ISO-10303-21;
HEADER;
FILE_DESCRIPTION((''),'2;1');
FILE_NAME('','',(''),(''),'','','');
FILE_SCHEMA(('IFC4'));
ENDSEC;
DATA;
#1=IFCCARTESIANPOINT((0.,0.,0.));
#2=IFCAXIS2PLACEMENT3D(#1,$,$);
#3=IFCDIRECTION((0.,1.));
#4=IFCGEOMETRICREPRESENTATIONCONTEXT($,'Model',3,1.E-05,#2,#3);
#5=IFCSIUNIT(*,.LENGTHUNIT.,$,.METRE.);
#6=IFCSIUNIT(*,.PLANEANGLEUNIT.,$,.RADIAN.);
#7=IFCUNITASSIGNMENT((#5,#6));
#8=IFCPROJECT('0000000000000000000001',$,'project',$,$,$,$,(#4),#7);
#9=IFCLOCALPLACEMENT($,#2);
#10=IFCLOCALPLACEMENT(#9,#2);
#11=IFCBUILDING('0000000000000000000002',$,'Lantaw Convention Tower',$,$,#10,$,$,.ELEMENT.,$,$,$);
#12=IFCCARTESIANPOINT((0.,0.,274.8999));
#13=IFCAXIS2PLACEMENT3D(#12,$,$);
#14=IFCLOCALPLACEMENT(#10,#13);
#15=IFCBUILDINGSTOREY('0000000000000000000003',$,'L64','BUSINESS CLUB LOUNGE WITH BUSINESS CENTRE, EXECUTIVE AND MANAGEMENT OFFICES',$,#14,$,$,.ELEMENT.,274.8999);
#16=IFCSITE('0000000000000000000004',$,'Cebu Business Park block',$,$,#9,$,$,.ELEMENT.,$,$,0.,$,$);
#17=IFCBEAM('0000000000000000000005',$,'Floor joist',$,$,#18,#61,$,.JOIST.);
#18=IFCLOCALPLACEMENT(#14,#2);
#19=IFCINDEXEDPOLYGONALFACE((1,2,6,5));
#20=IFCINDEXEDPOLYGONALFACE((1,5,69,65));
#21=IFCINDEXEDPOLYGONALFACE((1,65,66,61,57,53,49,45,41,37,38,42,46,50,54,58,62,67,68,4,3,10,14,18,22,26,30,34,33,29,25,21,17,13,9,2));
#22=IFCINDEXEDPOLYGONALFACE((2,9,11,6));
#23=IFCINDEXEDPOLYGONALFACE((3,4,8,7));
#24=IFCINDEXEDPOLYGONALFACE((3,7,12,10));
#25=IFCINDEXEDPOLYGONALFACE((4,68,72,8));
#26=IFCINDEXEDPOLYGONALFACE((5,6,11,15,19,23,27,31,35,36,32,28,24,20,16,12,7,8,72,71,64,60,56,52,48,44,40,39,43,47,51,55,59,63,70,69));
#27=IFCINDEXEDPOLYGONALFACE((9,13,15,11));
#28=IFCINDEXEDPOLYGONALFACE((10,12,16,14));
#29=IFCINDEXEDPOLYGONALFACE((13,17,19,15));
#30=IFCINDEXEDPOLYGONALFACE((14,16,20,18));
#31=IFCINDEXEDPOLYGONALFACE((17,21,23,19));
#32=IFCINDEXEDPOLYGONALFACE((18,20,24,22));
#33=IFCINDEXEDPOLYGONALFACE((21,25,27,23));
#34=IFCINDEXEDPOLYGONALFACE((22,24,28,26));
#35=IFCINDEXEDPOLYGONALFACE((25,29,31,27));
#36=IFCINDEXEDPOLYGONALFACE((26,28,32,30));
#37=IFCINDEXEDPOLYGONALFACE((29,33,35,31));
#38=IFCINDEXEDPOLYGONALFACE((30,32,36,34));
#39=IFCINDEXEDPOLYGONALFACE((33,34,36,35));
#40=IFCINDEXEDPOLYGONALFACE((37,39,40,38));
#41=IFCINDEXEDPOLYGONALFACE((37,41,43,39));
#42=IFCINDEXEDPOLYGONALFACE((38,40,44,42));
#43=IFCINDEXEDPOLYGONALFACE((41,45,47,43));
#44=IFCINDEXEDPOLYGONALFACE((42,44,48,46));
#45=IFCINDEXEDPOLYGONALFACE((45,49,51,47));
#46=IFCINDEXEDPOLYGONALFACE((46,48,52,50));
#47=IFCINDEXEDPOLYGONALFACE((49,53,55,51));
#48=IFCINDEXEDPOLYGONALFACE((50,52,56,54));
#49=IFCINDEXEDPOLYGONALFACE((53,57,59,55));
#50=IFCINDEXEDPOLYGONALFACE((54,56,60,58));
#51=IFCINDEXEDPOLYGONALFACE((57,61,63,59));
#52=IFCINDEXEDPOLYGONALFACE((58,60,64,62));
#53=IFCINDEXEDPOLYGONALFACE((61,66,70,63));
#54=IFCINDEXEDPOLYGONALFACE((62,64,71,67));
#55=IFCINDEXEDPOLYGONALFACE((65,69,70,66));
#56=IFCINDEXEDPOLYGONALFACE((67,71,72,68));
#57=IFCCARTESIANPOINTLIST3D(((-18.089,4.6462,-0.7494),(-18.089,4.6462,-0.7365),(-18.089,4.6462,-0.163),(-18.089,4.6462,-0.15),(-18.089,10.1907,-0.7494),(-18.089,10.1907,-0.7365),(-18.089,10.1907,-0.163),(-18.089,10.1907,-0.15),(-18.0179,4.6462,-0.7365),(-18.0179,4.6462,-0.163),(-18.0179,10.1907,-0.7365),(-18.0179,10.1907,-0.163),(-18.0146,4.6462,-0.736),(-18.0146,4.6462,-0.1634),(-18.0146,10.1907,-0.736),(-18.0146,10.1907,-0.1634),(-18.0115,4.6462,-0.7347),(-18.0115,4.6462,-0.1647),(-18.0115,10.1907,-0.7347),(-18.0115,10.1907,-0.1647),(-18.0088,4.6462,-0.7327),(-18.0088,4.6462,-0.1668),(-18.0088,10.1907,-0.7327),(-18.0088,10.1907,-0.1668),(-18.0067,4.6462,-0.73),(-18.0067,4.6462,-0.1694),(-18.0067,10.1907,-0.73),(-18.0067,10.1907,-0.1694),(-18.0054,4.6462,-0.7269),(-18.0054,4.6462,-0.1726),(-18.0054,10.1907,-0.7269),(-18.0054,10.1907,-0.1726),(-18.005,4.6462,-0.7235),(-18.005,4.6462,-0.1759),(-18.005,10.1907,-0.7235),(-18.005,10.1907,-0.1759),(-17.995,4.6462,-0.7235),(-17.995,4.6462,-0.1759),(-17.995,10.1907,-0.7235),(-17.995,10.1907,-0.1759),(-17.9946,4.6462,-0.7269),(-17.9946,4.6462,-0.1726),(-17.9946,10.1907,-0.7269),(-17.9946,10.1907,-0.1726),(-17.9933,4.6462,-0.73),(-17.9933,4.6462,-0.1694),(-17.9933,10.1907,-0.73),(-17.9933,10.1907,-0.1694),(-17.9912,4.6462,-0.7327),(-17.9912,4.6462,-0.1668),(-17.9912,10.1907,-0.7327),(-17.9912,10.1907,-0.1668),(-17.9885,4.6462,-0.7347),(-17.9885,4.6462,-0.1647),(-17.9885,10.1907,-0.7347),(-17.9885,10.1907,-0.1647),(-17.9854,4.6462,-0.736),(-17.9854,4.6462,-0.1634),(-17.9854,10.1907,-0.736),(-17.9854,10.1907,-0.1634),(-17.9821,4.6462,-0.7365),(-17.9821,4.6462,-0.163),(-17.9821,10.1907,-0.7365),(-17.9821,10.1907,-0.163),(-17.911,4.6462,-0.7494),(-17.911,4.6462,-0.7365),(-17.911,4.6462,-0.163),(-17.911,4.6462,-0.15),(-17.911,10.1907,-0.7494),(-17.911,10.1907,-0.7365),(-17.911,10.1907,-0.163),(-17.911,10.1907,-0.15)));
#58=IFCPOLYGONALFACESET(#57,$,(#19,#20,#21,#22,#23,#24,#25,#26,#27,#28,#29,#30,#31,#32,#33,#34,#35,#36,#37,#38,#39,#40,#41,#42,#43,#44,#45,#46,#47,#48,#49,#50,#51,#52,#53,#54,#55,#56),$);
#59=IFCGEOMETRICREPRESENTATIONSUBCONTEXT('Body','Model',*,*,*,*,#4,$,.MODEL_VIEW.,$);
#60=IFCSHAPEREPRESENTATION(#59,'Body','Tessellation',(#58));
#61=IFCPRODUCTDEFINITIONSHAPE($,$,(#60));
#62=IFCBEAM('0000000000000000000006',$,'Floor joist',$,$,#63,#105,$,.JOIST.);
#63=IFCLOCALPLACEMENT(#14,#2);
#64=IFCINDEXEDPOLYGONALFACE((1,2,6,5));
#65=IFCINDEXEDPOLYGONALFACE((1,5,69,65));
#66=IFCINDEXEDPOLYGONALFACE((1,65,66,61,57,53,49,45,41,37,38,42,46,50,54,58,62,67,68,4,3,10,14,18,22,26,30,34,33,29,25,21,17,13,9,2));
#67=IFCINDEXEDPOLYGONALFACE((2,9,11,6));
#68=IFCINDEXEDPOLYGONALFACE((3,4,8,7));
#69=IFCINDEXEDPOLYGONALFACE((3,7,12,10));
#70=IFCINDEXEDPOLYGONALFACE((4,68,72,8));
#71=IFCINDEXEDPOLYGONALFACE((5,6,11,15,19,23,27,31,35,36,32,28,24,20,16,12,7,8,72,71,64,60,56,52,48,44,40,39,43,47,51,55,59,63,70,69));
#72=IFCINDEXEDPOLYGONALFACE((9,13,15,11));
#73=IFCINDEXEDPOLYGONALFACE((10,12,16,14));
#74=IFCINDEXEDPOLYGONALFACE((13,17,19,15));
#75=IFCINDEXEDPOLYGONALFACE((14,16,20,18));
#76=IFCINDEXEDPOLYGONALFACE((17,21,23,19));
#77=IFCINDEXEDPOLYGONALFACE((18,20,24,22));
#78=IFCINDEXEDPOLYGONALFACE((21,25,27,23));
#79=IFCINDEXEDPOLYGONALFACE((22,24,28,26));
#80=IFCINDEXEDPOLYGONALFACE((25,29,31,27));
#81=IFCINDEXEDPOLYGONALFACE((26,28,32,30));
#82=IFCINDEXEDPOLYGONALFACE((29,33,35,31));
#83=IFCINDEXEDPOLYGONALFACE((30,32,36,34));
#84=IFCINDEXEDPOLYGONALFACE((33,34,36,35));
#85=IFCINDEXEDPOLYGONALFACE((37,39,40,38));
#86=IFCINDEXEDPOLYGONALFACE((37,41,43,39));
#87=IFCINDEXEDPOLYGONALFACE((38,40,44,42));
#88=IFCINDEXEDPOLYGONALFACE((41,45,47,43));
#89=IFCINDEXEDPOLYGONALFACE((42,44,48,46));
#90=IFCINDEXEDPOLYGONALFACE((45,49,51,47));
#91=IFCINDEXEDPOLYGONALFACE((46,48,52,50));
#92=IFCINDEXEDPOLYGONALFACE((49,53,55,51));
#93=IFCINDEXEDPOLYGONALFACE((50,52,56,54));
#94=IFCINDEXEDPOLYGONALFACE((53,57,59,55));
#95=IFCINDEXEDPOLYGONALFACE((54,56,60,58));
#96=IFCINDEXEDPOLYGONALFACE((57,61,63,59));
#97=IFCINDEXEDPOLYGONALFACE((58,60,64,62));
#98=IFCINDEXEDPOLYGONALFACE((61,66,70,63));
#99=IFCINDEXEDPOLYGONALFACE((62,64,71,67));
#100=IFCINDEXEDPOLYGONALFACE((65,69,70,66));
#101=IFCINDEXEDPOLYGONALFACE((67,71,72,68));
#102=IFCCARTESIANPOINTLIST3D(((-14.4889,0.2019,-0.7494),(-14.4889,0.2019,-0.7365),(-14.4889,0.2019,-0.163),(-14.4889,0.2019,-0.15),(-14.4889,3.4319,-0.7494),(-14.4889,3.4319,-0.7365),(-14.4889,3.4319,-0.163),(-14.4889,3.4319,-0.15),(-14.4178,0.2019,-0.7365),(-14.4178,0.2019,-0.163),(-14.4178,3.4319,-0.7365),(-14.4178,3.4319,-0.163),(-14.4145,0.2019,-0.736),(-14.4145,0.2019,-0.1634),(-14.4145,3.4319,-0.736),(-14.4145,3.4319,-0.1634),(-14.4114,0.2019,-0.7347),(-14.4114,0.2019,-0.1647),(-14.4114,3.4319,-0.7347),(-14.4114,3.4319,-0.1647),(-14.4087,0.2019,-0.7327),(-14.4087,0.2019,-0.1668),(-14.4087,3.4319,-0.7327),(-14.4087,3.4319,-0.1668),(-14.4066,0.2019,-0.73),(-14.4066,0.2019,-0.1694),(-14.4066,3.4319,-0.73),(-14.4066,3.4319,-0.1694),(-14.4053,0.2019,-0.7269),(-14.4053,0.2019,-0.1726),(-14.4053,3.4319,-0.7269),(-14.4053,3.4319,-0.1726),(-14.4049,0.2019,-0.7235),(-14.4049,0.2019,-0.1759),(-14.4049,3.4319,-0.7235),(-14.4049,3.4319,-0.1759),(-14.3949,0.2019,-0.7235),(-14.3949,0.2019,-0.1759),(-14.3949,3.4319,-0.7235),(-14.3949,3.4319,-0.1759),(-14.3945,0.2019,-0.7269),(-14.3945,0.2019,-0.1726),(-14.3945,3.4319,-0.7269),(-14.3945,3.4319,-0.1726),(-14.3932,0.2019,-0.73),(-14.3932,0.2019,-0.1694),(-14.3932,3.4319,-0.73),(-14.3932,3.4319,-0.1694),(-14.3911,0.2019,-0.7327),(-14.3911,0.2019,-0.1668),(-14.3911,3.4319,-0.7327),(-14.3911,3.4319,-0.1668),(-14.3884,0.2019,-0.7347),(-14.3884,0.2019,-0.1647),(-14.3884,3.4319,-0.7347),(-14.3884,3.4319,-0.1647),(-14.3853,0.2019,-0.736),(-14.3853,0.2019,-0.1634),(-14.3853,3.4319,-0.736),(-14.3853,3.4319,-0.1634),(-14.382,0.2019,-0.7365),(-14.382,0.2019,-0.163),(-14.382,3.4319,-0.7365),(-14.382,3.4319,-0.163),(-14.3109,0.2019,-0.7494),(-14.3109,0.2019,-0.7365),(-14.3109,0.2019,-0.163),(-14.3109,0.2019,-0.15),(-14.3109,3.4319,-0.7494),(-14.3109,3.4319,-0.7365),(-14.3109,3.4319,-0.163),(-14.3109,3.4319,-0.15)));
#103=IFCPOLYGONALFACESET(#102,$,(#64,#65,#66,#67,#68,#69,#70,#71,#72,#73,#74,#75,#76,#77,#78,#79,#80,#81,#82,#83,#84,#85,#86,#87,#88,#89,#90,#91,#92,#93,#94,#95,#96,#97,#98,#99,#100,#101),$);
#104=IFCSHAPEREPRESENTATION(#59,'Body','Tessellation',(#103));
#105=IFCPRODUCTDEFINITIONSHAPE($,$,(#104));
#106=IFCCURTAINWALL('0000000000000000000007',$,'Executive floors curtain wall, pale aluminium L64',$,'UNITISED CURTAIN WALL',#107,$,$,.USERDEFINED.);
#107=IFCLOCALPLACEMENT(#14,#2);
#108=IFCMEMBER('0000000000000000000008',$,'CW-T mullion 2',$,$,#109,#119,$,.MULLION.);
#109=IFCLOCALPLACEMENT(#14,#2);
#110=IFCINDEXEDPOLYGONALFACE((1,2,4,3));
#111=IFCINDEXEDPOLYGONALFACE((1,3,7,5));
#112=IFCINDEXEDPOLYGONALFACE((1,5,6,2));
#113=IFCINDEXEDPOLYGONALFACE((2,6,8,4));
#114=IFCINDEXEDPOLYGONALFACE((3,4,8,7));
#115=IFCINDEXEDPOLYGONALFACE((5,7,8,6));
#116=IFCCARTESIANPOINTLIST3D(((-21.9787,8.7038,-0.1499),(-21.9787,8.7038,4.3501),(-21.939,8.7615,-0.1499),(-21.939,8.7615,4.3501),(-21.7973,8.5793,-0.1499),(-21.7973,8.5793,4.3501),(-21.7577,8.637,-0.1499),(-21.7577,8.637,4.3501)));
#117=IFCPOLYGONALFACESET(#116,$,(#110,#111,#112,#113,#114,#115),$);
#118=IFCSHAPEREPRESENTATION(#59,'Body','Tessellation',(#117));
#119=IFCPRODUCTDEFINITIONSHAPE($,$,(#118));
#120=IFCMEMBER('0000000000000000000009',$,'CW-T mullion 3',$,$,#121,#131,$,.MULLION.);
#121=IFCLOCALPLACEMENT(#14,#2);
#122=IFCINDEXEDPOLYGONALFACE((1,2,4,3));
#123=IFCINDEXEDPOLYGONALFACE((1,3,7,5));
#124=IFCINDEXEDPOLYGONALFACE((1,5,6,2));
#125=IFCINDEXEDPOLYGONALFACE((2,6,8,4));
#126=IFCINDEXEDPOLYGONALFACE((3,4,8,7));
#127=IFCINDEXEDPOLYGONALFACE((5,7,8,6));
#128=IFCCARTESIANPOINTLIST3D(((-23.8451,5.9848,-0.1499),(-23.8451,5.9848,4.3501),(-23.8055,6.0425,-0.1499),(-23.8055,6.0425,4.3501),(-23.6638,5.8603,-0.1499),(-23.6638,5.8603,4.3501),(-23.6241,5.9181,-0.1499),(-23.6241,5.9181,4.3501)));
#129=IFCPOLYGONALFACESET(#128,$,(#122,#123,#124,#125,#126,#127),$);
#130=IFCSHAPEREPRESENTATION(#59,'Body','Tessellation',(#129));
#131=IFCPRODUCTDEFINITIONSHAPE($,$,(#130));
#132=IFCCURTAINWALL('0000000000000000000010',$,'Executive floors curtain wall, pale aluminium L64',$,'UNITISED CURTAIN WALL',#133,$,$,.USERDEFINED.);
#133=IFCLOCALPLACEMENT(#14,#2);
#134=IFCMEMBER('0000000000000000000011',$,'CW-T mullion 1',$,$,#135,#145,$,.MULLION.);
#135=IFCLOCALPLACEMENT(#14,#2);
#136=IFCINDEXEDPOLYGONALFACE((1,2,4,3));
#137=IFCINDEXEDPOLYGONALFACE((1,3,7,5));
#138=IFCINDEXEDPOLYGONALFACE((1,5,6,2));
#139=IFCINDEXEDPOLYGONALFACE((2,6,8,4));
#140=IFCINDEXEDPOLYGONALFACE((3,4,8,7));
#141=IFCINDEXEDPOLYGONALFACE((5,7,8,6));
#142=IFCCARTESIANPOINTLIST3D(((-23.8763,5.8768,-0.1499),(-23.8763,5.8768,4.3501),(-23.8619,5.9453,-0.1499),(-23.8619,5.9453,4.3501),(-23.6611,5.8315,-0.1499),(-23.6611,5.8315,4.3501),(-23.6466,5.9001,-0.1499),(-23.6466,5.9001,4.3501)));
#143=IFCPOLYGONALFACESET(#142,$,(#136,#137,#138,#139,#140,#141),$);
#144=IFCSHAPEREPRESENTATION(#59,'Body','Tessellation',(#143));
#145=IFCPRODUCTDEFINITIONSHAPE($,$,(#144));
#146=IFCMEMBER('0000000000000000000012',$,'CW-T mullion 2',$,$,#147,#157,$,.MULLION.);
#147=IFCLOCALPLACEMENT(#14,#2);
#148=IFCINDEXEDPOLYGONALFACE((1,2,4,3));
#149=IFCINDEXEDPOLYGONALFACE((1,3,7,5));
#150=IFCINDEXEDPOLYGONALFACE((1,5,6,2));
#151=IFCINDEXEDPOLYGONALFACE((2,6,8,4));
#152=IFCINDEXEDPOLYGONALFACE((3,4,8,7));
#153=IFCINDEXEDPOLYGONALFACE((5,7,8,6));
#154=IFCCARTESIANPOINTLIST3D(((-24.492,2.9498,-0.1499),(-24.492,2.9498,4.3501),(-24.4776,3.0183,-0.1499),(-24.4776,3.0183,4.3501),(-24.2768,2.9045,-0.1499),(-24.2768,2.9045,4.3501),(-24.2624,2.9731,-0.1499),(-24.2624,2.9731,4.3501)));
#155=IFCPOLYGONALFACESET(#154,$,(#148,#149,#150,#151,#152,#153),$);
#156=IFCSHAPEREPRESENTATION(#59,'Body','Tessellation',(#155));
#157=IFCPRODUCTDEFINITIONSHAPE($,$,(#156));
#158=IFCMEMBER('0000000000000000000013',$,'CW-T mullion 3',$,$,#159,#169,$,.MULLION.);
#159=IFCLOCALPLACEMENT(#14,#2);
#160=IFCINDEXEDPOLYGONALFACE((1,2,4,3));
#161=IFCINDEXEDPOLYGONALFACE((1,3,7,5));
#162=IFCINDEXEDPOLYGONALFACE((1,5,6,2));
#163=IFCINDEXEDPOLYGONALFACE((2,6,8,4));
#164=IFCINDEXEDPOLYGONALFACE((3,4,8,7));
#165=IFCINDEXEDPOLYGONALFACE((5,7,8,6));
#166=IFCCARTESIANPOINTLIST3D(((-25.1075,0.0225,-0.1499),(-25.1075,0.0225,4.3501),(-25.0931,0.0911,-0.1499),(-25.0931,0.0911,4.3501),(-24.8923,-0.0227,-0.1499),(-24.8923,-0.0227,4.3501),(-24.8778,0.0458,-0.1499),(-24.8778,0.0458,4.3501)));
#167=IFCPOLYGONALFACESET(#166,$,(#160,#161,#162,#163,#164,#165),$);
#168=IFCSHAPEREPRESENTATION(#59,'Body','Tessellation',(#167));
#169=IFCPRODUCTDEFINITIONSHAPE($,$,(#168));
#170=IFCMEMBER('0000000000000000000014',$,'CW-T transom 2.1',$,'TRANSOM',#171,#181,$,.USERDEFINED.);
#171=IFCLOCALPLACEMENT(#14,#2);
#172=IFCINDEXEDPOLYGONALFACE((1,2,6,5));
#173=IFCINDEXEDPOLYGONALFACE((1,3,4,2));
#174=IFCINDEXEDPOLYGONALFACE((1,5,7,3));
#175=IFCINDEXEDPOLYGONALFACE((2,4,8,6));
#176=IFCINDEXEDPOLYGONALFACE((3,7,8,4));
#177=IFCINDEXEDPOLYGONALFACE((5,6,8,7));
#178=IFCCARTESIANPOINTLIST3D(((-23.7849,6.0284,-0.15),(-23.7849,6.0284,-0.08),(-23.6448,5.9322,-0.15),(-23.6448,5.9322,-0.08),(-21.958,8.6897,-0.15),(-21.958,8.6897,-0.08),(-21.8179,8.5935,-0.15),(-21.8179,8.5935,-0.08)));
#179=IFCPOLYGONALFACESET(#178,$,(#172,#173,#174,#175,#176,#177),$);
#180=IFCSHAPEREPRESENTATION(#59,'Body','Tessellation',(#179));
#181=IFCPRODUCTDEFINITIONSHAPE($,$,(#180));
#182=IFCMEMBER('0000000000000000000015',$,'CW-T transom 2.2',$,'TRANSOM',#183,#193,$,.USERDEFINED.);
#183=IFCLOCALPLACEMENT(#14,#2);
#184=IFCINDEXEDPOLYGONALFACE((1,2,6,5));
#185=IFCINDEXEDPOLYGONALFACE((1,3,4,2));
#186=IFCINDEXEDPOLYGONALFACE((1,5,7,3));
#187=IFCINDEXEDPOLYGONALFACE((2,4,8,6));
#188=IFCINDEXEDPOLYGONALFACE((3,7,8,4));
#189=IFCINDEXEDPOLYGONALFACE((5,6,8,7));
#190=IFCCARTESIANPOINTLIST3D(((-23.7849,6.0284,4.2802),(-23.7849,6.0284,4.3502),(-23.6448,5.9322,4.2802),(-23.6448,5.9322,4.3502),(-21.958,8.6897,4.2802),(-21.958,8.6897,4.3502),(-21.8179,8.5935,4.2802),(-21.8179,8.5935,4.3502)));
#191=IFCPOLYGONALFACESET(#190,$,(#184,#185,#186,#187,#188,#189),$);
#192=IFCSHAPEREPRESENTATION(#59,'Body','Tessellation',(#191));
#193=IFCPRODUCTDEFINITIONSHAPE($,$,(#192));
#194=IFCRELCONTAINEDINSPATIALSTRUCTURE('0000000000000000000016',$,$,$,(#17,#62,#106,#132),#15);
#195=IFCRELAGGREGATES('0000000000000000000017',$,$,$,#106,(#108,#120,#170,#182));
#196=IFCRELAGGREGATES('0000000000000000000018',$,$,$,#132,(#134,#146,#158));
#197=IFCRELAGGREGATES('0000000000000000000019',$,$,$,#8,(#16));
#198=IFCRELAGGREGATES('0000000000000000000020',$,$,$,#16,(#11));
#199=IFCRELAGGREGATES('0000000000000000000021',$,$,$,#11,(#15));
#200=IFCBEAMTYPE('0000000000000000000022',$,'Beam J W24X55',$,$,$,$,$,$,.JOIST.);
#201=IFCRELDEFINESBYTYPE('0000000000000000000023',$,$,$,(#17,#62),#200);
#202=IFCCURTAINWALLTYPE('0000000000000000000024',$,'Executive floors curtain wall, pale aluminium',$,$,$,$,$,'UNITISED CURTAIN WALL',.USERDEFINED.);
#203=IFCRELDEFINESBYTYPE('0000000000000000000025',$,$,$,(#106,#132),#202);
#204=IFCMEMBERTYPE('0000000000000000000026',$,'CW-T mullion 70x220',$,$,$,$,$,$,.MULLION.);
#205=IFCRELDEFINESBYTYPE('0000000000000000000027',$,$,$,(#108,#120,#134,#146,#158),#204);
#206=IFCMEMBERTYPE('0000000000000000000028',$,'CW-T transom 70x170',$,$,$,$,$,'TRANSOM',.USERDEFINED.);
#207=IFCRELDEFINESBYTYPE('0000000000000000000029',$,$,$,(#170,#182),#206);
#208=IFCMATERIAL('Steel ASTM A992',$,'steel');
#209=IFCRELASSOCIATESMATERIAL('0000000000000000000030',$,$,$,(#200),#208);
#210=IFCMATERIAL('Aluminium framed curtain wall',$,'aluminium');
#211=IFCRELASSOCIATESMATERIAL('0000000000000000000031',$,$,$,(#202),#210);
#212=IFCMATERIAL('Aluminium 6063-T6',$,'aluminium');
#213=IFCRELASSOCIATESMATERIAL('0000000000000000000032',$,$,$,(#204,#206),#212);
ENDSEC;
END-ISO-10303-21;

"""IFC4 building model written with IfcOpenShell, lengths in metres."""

from ifc_helpers import new_model, si_unit, direction, frame, origin, origin_2d, place, context, subcontext, project, spatial, rectangle, i_section, extrude, material, material_profile, profile_set, type_object, element, aggregate, save


model = new_model("IFC4")

# Units and contexts
model_context = context("Model", 3, precision=1e-05, world=origin(), true_north=direction((0.0, 1.0)))
body_context = subcontext(model_context, "Body", "Model", "MODEL_VIEW")
ifc_project = project(units=[si_unit("LENGTHUNIT", "METRE"), si_unit("PLANEANGLEUNIT", "RADIAN")], contexts=[model_context])

# Site, building, storey
site_placement = place(None, origin())
site = spatial("IfcSite", under=ifc_project, at=site_placement, Name="Cebu Business Park block", CompositionType="ELEMENT", RefElevation=0.0)
building_placement = place(site_placement, origin())
building = spatial("IfcBuilding", under=site, at=building_placement, Name="Lantaw Convention Tower", CompositionType="ELEMENT")
storey_placement = place(building_placement, frame((0.0, 0.0, 274.8999)))
storey = spatial("IfcBuildingStorey", under=building, at=storey_placement, Name="L64", Description="BUSINESS CLUB LOUNGE WITH BUSINESS CENTRE, EXECUTIVE AND MANAGEMENT OFFICES", CompositionType="ELEMENT", Elevation=274.8999)

# Beams
ifc_material_1 = material(Name="Steel ASTM A992", Category="steel")
ifc_material_profile_1 = material_profile(ifc_material_1, i_section(OverallWidth=0.178, OverallDepth=0.5994, WebThickness=0.01, FlangeThickness=0.0129, FilletRadius=0.0129, at=origin_2d()), Name="W24X55")
ifc_profile_set_1 = profile_set([ifc_material_profile_1], Name="Steel ASTM A992")
beam_type_1 = type_object("IfcBeamType", Name="Beam J W24X55", PredefinedType="JOIST", material=ifc_profile_set_1)
beam_1_placement = place(storey_placement, frame((-18.0, 4.6462, -0.4497), z_axis=(0.0, 1.0, 0.0), x_axis=(-1.0, 0.0, 0.0)))
element("IfcBeam", 1, at=beam_1_placement, inside=storey, type_object=beam_type_1, Name="Floor joist", PredefinedType="JOIST", context=body_context, shape_type="SweptSolid", body=[
    extrude(i_section(OverallWidth=0.178, OverallDepth=0.5994, WebThickness=0.01, FlangeThickness=0.0129, FilletRadius=0.0129, at=origin_2d()), origin(), (0.0, 0.0, 1.0), 5.5444),
])
beam_2_placement = place(storey_placement, frame((-14.3999, 0.2019, -0.4497), z_axis=(0.0, 1.0, 0.0), x_axis=(-1.0, 0.0, 0.0)))
element("IfcBeam", 2, at=beam_2_placement, inside=storey, type_object=beam_type_1, Name="Floor joist", PredefinedType="JOIST", context=body_context, shape_type="SweptSolid", body=[
    extrude(i_section(OverallWidth=0.178, OverallDepth=0.5994, WebThickness=0.01, FlangeThickness=0.0129, FilletRadius=0.0129, at=origin_2d()), origin(), (0.0, 0.0, 1.0), 3.23),
])

# Curtain walls, members
ifc_material_2 = material(Name="Aluminium framed curtain wall", Category="aluminium")
curtain_wall_type = type_object("IfcCurtainWallType", Name="Executive floors curtain wall, pale aluminium", ElementType="UNITISED CURTAIN WALL", PredefinedType="USERDEFINED", material=ifc_material_2)
curtain_wall_1_placement = place(storey_placement, origin())
curtain_wall_1 = element("IfcCurtainWall", 3, at=curtain_wall_1_placement, inside=storey, type_object=curtain_wall_type, Name="Executive floors curtain wall, pale aluminium L64", ObjectType="UNITISED CURTAIN WALL", PredefinedType="USERDEFINED")
ifc_material_3 = material(Name="Aluminium 6063-T6", Category="aluminium")
ifc_material_profile_2 = material_profile(ifc_material_3, rectangle(XDim=0.22, YDim=0.0701, at=origin_2d()), Name="CW-T mullion 70x220")
ifc_profile_set_2 = profile_set([ifc_material_profile_2], Name="Aluminium 6063-T6")
member_type_1 = type_object("IfcMemberType", Name="CW-T mullion 70x220", PredefinedType="MULLION", material=ifc_profile_set_2)
member_1_placement = place(storey_placement, frame((-21.8682, 8.6704, -0.1499), z_axis=(0.0, 0.0, 1.0), x_axis=(0.82445, -0.565935, 0.0)))
member_1 = element("IfcMember", 4, at=member_1_placement, type_object=member_type_1, Name="CW-T mullion 2", PredefinedType="MULLION", context=body_context, shape_type="SweptSolid", body=[
    extrude(rectangle(XDim=0.22, YDim=0.0701, at=origin_2d()), origin(), (0.0, 0.0, 1.0), 4.5),
])
member_2_placement = place(storey_placement, frame((-23.7346, 5.9514, -0.1499), z_axis=(0.0, 0.0, 1.0), x_axis=(0.82445, -0.565935, 0.0)))
member_2 = element("IfcMember", 5, at=member_2_placement, type_object=member_type_1, Name="CW-T mullion 3", PredefinedType="MULLION", context=body_context, shape_type="SweptSolid", body=[
    extrude(rectangle(XDim=0.22, YDim=0.0701, at=origin_2d()), origin(), (0.0, 0.0, 1.0), 4.5),
])
curtain_wall_2_placement = place(storey_placement, origin())
curtain_wall_2 = element("IfcCurtainWall", 6, at=curtain_wall_2_placement, inside=storey, type_object=curtain_wall_type, Name="Executive floors curtain wall, pale aluminium L64", ObjectType="UNITISED CURTAIN WALL", PredefinedType="USERDEFINED")
member_3_placement = place(storey_placement, frame((-23.7615, 5.8884, -0.1499), z_axis=(0.0, 0.0, 1.0), x_axis=(0.978591, -0.205814, 0.0)))
member_3 = element("IfcMember", 7, at=member_3_placement, type_object=member_type_1, Name="CW-T mullion 1", PredefinedType="MULLION", context=body_context, shape_type="SweptSolid", body=[
    extrude(rectangle(XDim=0.22, YDim=0.0701, at=origin_2d()), origin(), (0.0, 0.0, 1.0), 4.5),
])
member_4_placement = place(storey_placement, frame((-24.3772, 2.9614, -0.1499), z_axis=(0.0, 0.0, 1.0), x_axis=(0.978591, -0.205814, 0.0)))
member_4 = element("IfcMember", 8, at=member_4_placement, type_object=member_type_1, Name="CW-T mullion 2", PredefinedType="MULLION", context=body_context, shape_type="SweptSolid", body=[
    extrude(rectangle(XDim=0.22, YDim=0.0701, at=origin_2d()), origin(), (0.0, 0.0, 1.0), 4.5),
])
member_5_placement = place(storey_placement, frame((-24.9927, 0.0342, -0.1499), z_axis=(0.0, 0.0, 1.0), x_axis=(0.978591, -0.205814, 0.0)))
member_5 = element("IfcMember", 9, at=member_5_placement, type_object=member_type_1, Name="CW-T mullion 3", PredefinedType="MULLION", context=body_context, shape_type="SweptSolid", body=[
    extrude(rectangle(XDim=0.22, YDim=0.0701, at=origin_2d()), origin(), (0.0, 0.0, 1.0), 4.5),
])

# Members
ifc_material_profile_3 = material_profile(ifc_material_3, rectangle(XDim=0.1699, YDim=0.0701, at=origin_2d()), Name="CW-T transom 70x170")
ifc_profile_set_3 = profile_set([ifc_material_profile_3], Name="Aluminium 6063-T6")
member_type_2 = type_object("IfcMemberType", Name="CW-T transom 70x170", ElementType="TRANSOM", PredefinedType="USERDEFINED", material=ifc_profile_set_3)
member_6_placement = place(storey_placement, frame((-21.8879, 8.6416, -0.115), z_axis=(-0.565941, -0.824446, 0.0), x_axis=(0.824446, -0.565941, 0.0)))
member_6 = element("IfcMember", 10, at=member_6_placement, type_object=member_type_2, Name="CW-T transom 2.1", ObjectType="TRANSOM", PredefinedType="USERDEFINED", context=body_context, shape_type="SweptSolid", body=[
    extrude(rectangle(XDim=0.1699, YDim=0.0701, at=origin_2d()), origin(), (0.0, 0.0, 1.0), 3.228),
])
member_7_placement = place(storey_placement, frame((-21.8879, 8.6416, 4.3152), z_axis=(-0.565941, -0.824446, 0.0), x_axis=(0.824446, -0.565941, 0.0)))
member_7 = element("IfcMember", 11, at=member_7_placement, type_object=member_type_2, Name="CW-T transom 2.2", ObjectType="TRANSOM", PredefinedType="USERDEFINED", context=body_context, shape_type="SweptSolid", body=[
    extrude(rectangle(XDim=0.1699, YDim=0.0701, at=origin_2d()), origin(), (0.0, 0.0, 1.0), 3.228),
])

aggregate(curtain_wall_1, [member_1, member_2, member_6, member_7])
aggregate(curtain_wall_2, [member_3, member_4, member_5])

save(model, "model.ifc")
